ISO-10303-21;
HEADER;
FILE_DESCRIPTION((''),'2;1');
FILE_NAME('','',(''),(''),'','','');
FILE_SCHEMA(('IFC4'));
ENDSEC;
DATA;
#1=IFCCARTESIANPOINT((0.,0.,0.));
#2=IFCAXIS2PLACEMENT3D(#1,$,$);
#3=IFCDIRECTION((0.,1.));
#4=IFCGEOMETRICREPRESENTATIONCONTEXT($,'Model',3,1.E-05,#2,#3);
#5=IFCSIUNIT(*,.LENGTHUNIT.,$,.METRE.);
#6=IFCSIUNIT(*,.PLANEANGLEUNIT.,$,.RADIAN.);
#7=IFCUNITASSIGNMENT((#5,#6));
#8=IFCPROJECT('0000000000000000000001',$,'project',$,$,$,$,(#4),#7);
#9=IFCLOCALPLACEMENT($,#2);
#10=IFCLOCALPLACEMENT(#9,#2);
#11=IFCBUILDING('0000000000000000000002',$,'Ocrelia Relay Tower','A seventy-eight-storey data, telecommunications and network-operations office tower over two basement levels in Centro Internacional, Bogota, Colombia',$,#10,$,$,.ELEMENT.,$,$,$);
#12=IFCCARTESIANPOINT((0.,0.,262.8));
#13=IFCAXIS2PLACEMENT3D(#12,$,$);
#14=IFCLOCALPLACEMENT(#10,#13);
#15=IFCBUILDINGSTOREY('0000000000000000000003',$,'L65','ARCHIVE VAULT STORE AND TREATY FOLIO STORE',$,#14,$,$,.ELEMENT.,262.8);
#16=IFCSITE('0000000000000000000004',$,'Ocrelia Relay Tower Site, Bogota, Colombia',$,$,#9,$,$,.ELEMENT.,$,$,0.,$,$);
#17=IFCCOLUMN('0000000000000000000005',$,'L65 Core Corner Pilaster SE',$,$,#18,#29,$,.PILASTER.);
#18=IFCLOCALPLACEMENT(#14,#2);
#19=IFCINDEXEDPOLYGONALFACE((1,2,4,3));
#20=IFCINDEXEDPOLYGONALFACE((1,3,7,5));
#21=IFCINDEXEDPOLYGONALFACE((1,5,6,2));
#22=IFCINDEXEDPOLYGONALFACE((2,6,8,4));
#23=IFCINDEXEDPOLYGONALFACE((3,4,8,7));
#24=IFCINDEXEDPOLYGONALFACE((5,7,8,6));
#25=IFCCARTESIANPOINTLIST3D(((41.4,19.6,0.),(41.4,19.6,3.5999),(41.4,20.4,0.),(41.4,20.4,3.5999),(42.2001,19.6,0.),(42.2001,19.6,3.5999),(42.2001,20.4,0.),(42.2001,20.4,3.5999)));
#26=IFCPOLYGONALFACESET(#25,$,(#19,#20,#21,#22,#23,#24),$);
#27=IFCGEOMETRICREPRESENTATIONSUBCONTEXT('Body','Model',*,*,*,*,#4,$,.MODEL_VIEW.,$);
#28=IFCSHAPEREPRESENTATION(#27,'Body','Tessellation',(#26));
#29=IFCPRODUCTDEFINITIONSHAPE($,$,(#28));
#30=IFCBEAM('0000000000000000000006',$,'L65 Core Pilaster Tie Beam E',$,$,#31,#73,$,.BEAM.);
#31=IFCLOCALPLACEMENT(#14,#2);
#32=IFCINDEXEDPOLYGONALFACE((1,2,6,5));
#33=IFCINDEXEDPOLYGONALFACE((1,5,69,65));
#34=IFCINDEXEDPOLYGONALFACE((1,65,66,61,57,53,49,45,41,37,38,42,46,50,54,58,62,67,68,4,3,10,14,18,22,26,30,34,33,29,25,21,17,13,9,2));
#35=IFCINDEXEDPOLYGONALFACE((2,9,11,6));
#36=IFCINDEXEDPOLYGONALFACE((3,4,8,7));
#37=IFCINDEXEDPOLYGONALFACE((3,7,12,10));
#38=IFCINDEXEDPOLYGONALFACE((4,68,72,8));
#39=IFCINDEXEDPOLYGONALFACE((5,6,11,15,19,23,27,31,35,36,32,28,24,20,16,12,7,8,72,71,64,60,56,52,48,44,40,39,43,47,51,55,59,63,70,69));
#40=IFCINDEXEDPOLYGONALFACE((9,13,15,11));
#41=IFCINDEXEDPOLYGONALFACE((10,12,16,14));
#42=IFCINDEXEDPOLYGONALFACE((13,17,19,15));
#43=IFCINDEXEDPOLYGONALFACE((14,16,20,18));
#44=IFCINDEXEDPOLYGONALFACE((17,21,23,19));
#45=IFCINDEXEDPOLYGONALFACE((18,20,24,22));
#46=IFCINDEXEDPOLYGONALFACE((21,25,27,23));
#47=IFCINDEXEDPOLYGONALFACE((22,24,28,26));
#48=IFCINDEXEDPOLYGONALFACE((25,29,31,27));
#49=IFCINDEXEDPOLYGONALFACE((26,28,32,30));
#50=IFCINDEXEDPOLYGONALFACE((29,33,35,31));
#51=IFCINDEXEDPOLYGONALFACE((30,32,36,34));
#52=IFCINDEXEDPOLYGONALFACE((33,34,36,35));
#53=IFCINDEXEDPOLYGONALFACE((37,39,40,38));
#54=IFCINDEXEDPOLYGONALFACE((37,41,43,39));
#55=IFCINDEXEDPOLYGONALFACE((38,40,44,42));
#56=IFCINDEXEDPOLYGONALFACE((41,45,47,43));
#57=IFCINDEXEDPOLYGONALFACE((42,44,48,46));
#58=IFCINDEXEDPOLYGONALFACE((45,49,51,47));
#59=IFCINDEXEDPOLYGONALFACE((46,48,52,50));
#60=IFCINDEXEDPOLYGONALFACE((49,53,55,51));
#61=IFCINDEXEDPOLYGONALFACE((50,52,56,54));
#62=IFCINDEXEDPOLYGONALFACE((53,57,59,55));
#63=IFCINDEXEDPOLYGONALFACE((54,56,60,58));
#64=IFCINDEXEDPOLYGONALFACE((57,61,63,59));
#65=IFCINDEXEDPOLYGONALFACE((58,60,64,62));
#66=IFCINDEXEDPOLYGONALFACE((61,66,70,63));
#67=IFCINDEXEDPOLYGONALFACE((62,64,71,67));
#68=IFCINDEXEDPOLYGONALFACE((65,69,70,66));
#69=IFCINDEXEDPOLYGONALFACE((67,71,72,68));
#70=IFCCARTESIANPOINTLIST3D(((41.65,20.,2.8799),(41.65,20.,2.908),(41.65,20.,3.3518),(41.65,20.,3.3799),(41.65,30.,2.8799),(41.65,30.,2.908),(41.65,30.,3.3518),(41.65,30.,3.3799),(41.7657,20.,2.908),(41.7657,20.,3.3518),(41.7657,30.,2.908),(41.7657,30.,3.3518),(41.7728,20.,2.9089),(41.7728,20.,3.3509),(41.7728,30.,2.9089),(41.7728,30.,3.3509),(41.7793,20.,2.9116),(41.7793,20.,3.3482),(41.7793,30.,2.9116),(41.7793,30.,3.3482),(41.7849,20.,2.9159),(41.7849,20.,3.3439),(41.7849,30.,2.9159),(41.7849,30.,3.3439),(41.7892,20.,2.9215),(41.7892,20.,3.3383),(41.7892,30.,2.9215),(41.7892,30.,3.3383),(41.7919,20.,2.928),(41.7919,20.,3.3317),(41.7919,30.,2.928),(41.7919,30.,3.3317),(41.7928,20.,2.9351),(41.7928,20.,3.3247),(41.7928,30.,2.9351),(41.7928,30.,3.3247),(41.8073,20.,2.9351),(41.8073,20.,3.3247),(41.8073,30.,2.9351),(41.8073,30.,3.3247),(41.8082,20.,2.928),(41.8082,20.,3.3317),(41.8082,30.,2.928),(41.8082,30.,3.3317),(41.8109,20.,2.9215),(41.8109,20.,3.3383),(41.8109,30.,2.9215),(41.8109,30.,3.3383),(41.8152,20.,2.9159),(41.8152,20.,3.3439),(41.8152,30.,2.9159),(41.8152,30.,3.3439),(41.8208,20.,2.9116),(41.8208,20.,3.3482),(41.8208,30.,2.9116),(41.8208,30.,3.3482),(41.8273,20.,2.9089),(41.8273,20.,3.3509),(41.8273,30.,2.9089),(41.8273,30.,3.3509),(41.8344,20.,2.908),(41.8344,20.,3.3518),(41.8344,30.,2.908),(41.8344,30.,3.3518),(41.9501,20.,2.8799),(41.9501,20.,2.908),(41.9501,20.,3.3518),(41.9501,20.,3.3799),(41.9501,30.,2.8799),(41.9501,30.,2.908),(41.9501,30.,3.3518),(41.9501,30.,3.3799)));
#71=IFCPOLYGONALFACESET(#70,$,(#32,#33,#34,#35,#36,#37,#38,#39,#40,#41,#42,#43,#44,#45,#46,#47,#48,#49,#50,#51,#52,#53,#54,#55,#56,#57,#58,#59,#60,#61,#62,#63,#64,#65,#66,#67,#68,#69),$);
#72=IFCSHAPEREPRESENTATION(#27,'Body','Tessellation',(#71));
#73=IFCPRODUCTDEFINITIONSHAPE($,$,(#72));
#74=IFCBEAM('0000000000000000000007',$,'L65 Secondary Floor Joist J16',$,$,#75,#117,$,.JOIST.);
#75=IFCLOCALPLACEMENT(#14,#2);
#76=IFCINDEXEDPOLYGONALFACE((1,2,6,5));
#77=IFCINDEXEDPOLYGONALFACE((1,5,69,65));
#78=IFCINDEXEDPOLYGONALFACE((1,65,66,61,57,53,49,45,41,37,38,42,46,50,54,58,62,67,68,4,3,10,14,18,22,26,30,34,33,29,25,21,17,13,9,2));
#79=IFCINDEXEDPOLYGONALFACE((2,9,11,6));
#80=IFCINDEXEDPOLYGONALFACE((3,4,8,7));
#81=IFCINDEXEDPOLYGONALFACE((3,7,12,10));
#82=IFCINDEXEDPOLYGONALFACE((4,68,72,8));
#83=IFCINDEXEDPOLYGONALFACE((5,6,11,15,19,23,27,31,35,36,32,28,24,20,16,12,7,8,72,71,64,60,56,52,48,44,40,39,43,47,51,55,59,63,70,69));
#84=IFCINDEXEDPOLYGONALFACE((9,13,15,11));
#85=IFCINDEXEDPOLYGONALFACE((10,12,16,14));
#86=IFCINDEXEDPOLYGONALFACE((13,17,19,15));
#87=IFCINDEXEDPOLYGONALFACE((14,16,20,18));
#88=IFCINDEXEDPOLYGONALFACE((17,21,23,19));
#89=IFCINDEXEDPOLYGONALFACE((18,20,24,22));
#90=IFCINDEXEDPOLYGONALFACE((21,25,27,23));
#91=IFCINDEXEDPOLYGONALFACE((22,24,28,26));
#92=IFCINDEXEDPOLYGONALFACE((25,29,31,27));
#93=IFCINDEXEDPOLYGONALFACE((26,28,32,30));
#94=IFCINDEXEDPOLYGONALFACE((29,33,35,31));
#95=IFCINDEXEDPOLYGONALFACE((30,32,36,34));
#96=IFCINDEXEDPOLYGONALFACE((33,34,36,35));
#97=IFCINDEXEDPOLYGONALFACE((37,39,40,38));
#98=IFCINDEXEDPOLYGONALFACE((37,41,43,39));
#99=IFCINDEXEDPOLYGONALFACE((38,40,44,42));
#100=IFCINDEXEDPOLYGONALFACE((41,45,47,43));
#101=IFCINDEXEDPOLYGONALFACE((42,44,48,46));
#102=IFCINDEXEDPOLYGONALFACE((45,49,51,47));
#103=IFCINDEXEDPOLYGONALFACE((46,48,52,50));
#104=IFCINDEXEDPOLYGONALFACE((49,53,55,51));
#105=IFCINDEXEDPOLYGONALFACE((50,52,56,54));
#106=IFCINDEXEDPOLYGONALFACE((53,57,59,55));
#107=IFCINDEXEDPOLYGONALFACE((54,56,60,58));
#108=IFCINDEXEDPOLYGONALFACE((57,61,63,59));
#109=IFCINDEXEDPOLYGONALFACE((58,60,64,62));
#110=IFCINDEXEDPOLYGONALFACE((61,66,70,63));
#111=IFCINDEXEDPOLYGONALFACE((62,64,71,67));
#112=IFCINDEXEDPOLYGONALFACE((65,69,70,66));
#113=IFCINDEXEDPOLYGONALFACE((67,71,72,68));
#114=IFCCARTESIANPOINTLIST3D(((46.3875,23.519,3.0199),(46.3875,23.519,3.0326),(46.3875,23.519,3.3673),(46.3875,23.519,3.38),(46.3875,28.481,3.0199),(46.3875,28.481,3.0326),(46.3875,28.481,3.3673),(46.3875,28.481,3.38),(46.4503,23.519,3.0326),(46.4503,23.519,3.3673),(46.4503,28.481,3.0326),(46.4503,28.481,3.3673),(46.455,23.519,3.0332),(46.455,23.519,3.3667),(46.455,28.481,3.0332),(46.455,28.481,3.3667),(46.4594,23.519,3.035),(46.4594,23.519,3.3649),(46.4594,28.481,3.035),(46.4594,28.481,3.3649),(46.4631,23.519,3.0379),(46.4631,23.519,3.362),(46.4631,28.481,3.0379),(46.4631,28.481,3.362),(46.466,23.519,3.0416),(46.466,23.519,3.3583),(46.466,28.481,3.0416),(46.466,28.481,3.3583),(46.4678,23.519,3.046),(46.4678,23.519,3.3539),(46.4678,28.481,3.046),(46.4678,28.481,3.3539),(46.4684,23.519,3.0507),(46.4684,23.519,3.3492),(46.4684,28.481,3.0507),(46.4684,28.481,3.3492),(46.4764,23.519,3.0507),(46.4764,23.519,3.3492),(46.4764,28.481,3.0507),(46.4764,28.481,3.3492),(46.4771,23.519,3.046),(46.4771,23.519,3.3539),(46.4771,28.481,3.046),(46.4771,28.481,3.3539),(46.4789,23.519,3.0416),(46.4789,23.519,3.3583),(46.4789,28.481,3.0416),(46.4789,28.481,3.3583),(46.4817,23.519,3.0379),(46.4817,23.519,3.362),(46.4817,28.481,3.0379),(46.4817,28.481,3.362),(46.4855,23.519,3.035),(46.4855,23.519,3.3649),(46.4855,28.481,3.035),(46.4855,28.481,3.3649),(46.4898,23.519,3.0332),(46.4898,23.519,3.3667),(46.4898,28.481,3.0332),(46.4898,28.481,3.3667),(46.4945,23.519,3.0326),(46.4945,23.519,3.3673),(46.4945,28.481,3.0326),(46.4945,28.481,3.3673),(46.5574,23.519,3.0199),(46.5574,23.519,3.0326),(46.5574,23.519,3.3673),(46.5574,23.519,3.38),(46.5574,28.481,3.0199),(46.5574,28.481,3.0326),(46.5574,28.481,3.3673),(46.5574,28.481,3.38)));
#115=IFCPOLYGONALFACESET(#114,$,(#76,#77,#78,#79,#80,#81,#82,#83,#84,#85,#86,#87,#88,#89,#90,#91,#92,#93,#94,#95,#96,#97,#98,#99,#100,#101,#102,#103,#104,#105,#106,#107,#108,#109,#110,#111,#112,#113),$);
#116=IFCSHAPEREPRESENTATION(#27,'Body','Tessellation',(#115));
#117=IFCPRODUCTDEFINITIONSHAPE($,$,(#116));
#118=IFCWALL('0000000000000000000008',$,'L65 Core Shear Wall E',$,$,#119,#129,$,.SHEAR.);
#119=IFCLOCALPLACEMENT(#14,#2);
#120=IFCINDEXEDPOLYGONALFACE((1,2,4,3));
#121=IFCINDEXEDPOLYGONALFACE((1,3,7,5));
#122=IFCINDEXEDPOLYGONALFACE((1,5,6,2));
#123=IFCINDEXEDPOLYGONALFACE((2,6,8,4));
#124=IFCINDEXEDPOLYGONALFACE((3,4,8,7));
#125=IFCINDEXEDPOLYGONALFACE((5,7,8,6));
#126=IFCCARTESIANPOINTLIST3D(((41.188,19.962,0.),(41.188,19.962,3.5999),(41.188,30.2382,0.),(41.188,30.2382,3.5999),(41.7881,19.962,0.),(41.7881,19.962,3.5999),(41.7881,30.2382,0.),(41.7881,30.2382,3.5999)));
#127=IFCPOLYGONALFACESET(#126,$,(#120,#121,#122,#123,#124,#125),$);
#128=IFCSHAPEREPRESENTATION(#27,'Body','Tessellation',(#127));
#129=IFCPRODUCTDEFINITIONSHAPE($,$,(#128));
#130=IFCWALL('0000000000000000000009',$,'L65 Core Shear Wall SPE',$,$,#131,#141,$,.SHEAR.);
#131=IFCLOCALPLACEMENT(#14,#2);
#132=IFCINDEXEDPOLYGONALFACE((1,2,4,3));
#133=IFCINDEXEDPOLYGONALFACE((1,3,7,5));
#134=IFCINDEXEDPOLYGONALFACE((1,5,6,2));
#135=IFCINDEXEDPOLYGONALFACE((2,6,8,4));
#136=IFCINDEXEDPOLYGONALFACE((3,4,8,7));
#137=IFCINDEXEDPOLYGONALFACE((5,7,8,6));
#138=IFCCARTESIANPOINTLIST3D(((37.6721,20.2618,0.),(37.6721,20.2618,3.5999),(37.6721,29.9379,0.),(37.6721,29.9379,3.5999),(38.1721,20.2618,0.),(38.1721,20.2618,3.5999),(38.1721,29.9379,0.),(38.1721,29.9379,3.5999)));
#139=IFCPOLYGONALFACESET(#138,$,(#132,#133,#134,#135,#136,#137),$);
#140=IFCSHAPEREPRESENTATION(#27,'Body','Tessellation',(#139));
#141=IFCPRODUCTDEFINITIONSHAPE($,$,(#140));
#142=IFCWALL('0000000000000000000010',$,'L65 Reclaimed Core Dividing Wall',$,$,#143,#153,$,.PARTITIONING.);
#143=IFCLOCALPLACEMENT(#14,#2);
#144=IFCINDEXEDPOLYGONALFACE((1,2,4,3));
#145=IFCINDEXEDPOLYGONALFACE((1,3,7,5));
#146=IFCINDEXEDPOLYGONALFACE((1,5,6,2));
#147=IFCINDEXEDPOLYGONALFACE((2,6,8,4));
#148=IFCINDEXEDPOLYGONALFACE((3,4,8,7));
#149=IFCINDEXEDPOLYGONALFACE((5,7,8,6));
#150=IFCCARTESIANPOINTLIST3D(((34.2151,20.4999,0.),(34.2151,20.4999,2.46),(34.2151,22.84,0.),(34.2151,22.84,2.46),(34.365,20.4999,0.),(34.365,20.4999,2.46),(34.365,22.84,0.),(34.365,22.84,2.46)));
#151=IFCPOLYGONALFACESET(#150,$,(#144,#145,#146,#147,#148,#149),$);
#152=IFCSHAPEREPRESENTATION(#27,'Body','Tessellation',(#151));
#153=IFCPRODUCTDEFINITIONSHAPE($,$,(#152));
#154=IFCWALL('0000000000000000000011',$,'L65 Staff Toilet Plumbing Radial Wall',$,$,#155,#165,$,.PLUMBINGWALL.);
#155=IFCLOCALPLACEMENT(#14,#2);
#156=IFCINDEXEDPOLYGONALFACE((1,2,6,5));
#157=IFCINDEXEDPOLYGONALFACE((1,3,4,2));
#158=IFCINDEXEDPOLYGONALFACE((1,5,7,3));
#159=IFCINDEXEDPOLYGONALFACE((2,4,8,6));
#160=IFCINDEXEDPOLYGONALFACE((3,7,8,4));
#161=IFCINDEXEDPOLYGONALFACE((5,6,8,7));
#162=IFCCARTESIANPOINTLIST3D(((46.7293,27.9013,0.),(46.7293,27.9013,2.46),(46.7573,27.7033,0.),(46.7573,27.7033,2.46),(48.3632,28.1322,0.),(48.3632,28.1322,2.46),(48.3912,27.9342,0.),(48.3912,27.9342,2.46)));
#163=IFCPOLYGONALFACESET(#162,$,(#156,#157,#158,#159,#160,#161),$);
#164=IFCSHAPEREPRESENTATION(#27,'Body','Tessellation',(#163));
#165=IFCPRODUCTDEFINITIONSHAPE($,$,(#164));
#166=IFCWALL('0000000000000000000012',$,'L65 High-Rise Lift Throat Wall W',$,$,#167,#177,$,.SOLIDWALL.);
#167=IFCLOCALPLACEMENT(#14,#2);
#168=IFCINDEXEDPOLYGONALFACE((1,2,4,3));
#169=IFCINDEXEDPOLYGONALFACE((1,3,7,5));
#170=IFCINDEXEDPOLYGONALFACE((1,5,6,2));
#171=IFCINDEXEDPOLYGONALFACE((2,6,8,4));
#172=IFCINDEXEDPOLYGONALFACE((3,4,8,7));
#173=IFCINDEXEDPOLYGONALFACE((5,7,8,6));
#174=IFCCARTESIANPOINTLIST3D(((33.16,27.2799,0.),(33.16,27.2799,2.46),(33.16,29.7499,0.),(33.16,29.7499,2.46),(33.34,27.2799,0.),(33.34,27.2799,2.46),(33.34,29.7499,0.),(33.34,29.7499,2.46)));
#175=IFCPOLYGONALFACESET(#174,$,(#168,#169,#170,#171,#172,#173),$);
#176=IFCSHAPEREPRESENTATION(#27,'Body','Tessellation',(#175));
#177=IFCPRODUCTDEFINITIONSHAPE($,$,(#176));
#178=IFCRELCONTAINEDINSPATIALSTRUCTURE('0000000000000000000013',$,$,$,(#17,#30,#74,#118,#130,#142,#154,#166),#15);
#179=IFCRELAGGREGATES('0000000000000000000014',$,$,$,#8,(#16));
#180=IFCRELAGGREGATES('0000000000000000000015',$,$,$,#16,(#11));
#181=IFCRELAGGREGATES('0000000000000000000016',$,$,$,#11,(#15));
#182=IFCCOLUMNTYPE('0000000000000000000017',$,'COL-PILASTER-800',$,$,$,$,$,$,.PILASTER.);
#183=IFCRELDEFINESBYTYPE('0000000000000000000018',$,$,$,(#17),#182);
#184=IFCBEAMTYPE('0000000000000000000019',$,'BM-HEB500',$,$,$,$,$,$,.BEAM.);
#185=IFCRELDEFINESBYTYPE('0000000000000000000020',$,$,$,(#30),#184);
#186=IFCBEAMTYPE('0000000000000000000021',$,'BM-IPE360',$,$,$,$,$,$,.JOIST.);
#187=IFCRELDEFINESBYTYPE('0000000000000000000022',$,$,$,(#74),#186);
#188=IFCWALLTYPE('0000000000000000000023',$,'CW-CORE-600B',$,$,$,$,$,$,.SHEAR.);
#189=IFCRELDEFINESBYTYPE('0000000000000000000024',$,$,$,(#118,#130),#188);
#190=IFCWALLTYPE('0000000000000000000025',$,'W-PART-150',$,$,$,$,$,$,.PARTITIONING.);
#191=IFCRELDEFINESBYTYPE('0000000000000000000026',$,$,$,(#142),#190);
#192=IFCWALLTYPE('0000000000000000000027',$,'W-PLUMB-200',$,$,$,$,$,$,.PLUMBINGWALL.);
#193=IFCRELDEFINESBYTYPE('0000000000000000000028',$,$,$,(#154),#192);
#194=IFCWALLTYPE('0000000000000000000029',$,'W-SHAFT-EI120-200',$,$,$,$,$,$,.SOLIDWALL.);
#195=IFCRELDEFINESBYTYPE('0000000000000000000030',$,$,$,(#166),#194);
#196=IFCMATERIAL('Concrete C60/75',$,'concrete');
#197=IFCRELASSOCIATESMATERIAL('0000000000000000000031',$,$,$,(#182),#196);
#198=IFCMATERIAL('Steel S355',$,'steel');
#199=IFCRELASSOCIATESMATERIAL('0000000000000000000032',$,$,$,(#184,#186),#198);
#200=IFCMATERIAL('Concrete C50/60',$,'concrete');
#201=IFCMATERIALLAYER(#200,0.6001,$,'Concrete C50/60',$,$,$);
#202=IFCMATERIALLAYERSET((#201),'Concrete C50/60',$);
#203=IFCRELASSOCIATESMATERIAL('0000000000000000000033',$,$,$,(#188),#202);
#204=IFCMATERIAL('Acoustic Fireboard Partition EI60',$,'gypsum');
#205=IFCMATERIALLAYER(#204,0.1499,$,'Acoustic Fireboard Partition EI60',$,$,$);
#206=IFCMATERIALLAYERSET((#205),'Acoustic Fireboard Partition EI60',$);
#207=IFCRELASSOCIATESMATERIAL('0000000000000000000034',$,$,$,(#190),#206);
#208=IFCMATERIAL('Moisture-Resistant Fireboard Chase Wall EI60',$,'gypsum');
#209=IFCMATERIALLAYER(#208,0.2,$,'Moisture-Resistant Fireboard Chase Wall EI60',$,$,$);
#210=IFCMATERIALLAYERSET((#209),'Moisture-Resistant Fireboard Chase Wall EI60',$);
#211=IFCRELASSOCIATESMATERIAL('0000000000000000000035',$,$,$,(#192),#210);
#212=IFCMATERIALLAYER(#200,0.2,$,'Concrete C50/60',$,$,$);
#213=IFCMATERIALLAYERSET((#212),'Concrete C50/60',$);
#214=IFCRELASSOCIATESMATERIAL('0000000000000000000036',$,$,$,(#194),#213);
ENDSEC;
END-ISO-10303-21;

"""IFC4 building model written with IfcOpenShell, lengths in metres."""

from ifc_helpers import new_model, si_unit, direction, frame, frame_2d, origin, origin_2d, place, context, subcontext, project, spatial, rectangle, i_section, extrude, material, layer, layer_set, material_profile, profile_set, type_object, element, save


model = new_model("IFC4")

# Units and contexts
model_context = context("Model", 3, precision=1e-05, world=origin(), true_north=direction((0.0, 1.0)))
body_context = subcontext(model_context, "Body", "Model", "MODEL_VIEW")
ifc_project = project(units=[si_unit("LENGTHUNIT", "METRE"), si_unit("PLANEANGLEUNIT", "RADIAN")], contexts=[model_context])

# Site, building, storey
site_placement = place(None, origin())
site = spatial("IfcSite", under=ifc_project, at=site_placement, Name="Ocrelia Relay Tower Site, Bogota, Colombia", CompositionType="ELEMENT", RefElevation=0.0)
building_placement = place(site_placement, origin())
building = spatial("IfcBuilding", under=site, at=building_placement, Name="Ocrelia Relay Tower", Description="A seventy-eight-storey data, telecommunications and network-operations office tower over two basement levels in Centro Internacional, Bogota, Colombia", CompositionType="ELEMENT")
storey_placement = place(building_placement, frame((0.0, 0.0, 262.8)))
storey = spatial("IfcBuildingStorey", under=building, at=storey_placement, Name="L65", Description="ARCHIVE VAULT STORE AND TREATY FOLIO STORE", CompositionType="ELEMENT", Elevation=262.8)

# Column
ifc_material_1 = material(Name="Concrete C60/75", Category="concrete")
ifc_material_profile_1 = material_profile(ifc_material_1, rectangle(XDim=0.8, YDim=0.8, at=origin_2d()), Name="RC-COL-800x800")
ifc_profile_set_1 = profile_set([ifc_material_profile_1], Name="Concrete C60/75")
column_type = type_object("IfcColumnType", Name="COL-PILASTER-800", PredefinedType="PILASTER", material=ifc_profile_set_1)
column_placement = place(storey_placement, frame((41.8, 20.0, 0.0), z_axis=(0.0, 0.0, 1.0), x_axis=(1.0, 0.0, 0.0)))
element("IfcColumn", 1, at=column_placement, inside=storey, type_object=column_type, Name="L65 Core Corner Pilaster SE", PredefinedType="PILASTER", context=body_context, shape_type="SweptSolid", body=[
    extrude(rectangle(XDim=0.8, YDim=0.8, at=origin_2d()), origin(), (0.0, 0.0, 1.0), 3.5999),
])

# Beams
ifc_material_2 = material(Name="Steel S355", Category="steel")
ifc_material_profile_2 = material_profile(ifc_material_2, i_section(OverallWidth=0.3, OverallDepth=0.5, WebThickness=0.0144, FlangeThickness=0.0281, FilletRadius=0.0271, at=origin_2d()), Name="HEB 500")
ifc_profile_set_2 = profile_set([ifc_material_profile_2], Name="Steel S355")
beam_type_1 = type_object("IfcBeamType", Name="BM-HEB500", PredefinedType="BEAM", material=ifc_profile_set_2)
beam_1_placement = place(storey_placement, frame((41.8, 20.0, 3.1299), z_axis=(0.0, 1.0, 0.0), x_axis=(-1.0, 0.0, 0.0)))
element("IfcBeam", 2, at=beam_1_placement, inside=storey, type_object=beam_type_1, Name="L65 Core Pilaster Tie Beam E", PredefinedType="BEAM", context=body_context, shape_type="SweptSolid", body=[
    extrude(i_section(OverallWidth=0.3, OverallDepth=0.5, WebThickness=0.0144, FlangeThickness=0.0281, FilletRadius=0.0271, at=origin_2d()), origin(), (0.0, 0.0, 1.0), 10.0),
])
ifc_material_profile_3 = material_profile(ifc_material_2, i_section(OverallWidth=0.1699, OverallDepth=0.3601, WebThickness=0.0081, FlangeThickness=0.0127, FilletRadius=0.0181, at=origin_2d()), Name="IPE 360")
ifc_profile_set_3 = profile_set([ifc_material_profile_3], Name="Steel S355")
beam_type_2 = type_object("IfcBeamType", Name="BM-IPE360", PredefinedType="JOIST", material=ifc_profile_set_3)
beam_2_placement = place(storey_placement, frame((46.4724, 23.519, 3.2), z_axis=(0.0, 1.0, 0.0), x_axis=(-1.0, 0.0, 0.0)))
element("IfcBeam", 3, at=beam_2_placement, inside=storey, type_object=beam_type_2, Name="L65 Secondary Floor Joist J16", PredefinedType="JOIST", context=body_context, shape_type="SweptSolid", body=[
    extrude(i_section(OverallWidth=0.1699, OverallDepth=0.3601, WebThickness=0.0081, FlangeThickness=0.0127, FilletRadius=0.0181, at=origin_2d()), origin(), (0.0, 0.0, 1.0), 4.9619),
])

# Walls
ifc_material_3 = material(Name="Concrete C50/60", Category="concrete")
ifc_layer_1 = layer(ifc_material_3, 0.6001, Name="Concrete C50/60")
ifc_layer_set_1 = layer_set([ifc_layer_1], Name="Concrete C50/60")
wall_type_1 = type_object("IfcWallType", Name="CW-CORE-600B", PredefinedType="SHEAR", material=ifc_layer_set_1)
wall_1_placement = place(storey_placement, frame((41.488, 19.9619, 0.0), z_axis=(0.0, 0.0, 1.0), x_axis=(0.0, 1.0, 0.0)))
element("IfcWall", 4, at=wall_1_placement, inside=storey, type_object=wall_type_1, Name="L65 Core Shear Wall E", PredefinedType="SHEAR", context=body_context, shape_type="SweptSolid", body=[
    extrude(rectangle(XDim=10.2761, YDim=0.6001, at=frame_2d((5.1382, 0.0))), origin(), (0.0, 0.0, 1.0), 3.5999),
])
wall_2_placement = place(storey_placement, frame((37.9221, 20.262, 0.0), z_axis=(0.0, 0.0, 1.0), x_axis=(0.0, 1.0, 0.0)))
element("IfcWall", 5, at=wall_2_placement, inside=storey, type_object=wall_type_1, Name="L65 Core Shear Wall SPE", PredefinedType="SHEAR", context=body_context, shape_type="SweptSolid", body=[
    extrude(rectangle(XDim=9.676, YDim=0.5, at=frame_2d((4.8379, 0.0))), origin(), (0.0, 0.0, 1.0), 3.5999),
])

# Walls
ifc_material_4 = material(Name="Acoustic Fireboard Partition EI60", Category="gypsum")
ifc_layer_2 = layer(ifc_material_4, 0.1499, Name="Acoustic Fireboard Partition EI60")
ifc_layer_set_2 = layer_set([ifc_layer_2], Name="Acoustic Fireboard Partition EI60")
wall_type_2 = type_object("IfcWallType", Name="W-PART-150", PredefinedType="PARTITIONING", material=ifc_layer_set_2)
wall_3_placement = place(storey_placement, frame((34.29, 20.5, 0.0), z_axis=(0.0, 0.0, 1.0), x_axis=(0.0, 1.0, 0.0)))
element("IfcWall", 6, at=wall_3_placement, inside=storey, type_object=wall_type_2, Name="L65 Reclaimed Core Dividing Wall", PredefinedType="PARTITIONING", context=body_context, shape_type="SweptSolid", body=[
    extrude(rectangle(XDim=2.3401, YDim=0.1499, at=frame_2d((1.1699, 0.0))), origin(), (0.0, 0.0, 1.0), 2.46),
])
ifc_material_5 = material(Name="Moisture-Resistant Fireboard Chase Wall EI60", Category="gypsum")
ifc_layer_3 = layer(ifc_material_5, 0.2, Name="Moisture-Resistant Fireboard Chase Wall EI60")
ifc_layer_set_3 = layer_set([ifc_layer_3], Name="Moisture-Resistant Fireboard Chase Wall EI60")
wall_type_3 = type_object("IfcWallType", Name="W-PLUMB-200", PredefinedType="PLUMBINGWALL", material=ifc_layer_set_3)
wall_4_placement = place(storey_placement, frame((46.7432, 27.8022, 0.0), z_axis=(0.0, 0.0, 1.0), x_axis=(0.990156, 0.139971, 0.0)))
element("IfcWall", 7, at=wall_4_placement, inside=storey, type_object=wall_type_3, Name="L65 Staff Toilet Plumbing Radial Wall", PredefinedType="PLUMBINGWALL", context=body_context, shape_type="SweptSolid", body=[
    extrude(rectangle(XDim=1.6501, YDim=0.2, at=frame_2d((0.8252, 0.0))), origin(), (0.0, 0.0, 1.0), 2.46),
])
ifc_layer_4 = layer(ifc_material_3, 0.2, Name="Concrete C50/60")
ifc_layer_set_4 = layer_set([ifc_layer_4], Name="Concrete C50/60")
wall_type_4 = type_object("IfcWallType", Name="W-SHAFT-EI120-200", PredefinedType="SOLIDWALL", material=ifc_layer_set_4)
wall_5_placement = place(storey_placement, frame((33.25, 27.28, 0.0), z_axis=(0.0, 0.0, 1.0), x_axis=(0.0, 1.0, 0.0)))
element("IfcWall", 8, at=wall_5_placement, inside=storey, type_object=wall_type_4, Name="L65 High-Rise Lift Throat Wall W", PredefinedType="SOLIDWALL", context=body_context, shape_type="SweptSolid", body=[
    extrude(rectangle(XDim=2.47, YDim=0.1799, at=frame_2d((1.2349, 0.0))), origin(), (0.0, 0.0, 1.0), 2.46),
])

save(model, "model.ifc")
